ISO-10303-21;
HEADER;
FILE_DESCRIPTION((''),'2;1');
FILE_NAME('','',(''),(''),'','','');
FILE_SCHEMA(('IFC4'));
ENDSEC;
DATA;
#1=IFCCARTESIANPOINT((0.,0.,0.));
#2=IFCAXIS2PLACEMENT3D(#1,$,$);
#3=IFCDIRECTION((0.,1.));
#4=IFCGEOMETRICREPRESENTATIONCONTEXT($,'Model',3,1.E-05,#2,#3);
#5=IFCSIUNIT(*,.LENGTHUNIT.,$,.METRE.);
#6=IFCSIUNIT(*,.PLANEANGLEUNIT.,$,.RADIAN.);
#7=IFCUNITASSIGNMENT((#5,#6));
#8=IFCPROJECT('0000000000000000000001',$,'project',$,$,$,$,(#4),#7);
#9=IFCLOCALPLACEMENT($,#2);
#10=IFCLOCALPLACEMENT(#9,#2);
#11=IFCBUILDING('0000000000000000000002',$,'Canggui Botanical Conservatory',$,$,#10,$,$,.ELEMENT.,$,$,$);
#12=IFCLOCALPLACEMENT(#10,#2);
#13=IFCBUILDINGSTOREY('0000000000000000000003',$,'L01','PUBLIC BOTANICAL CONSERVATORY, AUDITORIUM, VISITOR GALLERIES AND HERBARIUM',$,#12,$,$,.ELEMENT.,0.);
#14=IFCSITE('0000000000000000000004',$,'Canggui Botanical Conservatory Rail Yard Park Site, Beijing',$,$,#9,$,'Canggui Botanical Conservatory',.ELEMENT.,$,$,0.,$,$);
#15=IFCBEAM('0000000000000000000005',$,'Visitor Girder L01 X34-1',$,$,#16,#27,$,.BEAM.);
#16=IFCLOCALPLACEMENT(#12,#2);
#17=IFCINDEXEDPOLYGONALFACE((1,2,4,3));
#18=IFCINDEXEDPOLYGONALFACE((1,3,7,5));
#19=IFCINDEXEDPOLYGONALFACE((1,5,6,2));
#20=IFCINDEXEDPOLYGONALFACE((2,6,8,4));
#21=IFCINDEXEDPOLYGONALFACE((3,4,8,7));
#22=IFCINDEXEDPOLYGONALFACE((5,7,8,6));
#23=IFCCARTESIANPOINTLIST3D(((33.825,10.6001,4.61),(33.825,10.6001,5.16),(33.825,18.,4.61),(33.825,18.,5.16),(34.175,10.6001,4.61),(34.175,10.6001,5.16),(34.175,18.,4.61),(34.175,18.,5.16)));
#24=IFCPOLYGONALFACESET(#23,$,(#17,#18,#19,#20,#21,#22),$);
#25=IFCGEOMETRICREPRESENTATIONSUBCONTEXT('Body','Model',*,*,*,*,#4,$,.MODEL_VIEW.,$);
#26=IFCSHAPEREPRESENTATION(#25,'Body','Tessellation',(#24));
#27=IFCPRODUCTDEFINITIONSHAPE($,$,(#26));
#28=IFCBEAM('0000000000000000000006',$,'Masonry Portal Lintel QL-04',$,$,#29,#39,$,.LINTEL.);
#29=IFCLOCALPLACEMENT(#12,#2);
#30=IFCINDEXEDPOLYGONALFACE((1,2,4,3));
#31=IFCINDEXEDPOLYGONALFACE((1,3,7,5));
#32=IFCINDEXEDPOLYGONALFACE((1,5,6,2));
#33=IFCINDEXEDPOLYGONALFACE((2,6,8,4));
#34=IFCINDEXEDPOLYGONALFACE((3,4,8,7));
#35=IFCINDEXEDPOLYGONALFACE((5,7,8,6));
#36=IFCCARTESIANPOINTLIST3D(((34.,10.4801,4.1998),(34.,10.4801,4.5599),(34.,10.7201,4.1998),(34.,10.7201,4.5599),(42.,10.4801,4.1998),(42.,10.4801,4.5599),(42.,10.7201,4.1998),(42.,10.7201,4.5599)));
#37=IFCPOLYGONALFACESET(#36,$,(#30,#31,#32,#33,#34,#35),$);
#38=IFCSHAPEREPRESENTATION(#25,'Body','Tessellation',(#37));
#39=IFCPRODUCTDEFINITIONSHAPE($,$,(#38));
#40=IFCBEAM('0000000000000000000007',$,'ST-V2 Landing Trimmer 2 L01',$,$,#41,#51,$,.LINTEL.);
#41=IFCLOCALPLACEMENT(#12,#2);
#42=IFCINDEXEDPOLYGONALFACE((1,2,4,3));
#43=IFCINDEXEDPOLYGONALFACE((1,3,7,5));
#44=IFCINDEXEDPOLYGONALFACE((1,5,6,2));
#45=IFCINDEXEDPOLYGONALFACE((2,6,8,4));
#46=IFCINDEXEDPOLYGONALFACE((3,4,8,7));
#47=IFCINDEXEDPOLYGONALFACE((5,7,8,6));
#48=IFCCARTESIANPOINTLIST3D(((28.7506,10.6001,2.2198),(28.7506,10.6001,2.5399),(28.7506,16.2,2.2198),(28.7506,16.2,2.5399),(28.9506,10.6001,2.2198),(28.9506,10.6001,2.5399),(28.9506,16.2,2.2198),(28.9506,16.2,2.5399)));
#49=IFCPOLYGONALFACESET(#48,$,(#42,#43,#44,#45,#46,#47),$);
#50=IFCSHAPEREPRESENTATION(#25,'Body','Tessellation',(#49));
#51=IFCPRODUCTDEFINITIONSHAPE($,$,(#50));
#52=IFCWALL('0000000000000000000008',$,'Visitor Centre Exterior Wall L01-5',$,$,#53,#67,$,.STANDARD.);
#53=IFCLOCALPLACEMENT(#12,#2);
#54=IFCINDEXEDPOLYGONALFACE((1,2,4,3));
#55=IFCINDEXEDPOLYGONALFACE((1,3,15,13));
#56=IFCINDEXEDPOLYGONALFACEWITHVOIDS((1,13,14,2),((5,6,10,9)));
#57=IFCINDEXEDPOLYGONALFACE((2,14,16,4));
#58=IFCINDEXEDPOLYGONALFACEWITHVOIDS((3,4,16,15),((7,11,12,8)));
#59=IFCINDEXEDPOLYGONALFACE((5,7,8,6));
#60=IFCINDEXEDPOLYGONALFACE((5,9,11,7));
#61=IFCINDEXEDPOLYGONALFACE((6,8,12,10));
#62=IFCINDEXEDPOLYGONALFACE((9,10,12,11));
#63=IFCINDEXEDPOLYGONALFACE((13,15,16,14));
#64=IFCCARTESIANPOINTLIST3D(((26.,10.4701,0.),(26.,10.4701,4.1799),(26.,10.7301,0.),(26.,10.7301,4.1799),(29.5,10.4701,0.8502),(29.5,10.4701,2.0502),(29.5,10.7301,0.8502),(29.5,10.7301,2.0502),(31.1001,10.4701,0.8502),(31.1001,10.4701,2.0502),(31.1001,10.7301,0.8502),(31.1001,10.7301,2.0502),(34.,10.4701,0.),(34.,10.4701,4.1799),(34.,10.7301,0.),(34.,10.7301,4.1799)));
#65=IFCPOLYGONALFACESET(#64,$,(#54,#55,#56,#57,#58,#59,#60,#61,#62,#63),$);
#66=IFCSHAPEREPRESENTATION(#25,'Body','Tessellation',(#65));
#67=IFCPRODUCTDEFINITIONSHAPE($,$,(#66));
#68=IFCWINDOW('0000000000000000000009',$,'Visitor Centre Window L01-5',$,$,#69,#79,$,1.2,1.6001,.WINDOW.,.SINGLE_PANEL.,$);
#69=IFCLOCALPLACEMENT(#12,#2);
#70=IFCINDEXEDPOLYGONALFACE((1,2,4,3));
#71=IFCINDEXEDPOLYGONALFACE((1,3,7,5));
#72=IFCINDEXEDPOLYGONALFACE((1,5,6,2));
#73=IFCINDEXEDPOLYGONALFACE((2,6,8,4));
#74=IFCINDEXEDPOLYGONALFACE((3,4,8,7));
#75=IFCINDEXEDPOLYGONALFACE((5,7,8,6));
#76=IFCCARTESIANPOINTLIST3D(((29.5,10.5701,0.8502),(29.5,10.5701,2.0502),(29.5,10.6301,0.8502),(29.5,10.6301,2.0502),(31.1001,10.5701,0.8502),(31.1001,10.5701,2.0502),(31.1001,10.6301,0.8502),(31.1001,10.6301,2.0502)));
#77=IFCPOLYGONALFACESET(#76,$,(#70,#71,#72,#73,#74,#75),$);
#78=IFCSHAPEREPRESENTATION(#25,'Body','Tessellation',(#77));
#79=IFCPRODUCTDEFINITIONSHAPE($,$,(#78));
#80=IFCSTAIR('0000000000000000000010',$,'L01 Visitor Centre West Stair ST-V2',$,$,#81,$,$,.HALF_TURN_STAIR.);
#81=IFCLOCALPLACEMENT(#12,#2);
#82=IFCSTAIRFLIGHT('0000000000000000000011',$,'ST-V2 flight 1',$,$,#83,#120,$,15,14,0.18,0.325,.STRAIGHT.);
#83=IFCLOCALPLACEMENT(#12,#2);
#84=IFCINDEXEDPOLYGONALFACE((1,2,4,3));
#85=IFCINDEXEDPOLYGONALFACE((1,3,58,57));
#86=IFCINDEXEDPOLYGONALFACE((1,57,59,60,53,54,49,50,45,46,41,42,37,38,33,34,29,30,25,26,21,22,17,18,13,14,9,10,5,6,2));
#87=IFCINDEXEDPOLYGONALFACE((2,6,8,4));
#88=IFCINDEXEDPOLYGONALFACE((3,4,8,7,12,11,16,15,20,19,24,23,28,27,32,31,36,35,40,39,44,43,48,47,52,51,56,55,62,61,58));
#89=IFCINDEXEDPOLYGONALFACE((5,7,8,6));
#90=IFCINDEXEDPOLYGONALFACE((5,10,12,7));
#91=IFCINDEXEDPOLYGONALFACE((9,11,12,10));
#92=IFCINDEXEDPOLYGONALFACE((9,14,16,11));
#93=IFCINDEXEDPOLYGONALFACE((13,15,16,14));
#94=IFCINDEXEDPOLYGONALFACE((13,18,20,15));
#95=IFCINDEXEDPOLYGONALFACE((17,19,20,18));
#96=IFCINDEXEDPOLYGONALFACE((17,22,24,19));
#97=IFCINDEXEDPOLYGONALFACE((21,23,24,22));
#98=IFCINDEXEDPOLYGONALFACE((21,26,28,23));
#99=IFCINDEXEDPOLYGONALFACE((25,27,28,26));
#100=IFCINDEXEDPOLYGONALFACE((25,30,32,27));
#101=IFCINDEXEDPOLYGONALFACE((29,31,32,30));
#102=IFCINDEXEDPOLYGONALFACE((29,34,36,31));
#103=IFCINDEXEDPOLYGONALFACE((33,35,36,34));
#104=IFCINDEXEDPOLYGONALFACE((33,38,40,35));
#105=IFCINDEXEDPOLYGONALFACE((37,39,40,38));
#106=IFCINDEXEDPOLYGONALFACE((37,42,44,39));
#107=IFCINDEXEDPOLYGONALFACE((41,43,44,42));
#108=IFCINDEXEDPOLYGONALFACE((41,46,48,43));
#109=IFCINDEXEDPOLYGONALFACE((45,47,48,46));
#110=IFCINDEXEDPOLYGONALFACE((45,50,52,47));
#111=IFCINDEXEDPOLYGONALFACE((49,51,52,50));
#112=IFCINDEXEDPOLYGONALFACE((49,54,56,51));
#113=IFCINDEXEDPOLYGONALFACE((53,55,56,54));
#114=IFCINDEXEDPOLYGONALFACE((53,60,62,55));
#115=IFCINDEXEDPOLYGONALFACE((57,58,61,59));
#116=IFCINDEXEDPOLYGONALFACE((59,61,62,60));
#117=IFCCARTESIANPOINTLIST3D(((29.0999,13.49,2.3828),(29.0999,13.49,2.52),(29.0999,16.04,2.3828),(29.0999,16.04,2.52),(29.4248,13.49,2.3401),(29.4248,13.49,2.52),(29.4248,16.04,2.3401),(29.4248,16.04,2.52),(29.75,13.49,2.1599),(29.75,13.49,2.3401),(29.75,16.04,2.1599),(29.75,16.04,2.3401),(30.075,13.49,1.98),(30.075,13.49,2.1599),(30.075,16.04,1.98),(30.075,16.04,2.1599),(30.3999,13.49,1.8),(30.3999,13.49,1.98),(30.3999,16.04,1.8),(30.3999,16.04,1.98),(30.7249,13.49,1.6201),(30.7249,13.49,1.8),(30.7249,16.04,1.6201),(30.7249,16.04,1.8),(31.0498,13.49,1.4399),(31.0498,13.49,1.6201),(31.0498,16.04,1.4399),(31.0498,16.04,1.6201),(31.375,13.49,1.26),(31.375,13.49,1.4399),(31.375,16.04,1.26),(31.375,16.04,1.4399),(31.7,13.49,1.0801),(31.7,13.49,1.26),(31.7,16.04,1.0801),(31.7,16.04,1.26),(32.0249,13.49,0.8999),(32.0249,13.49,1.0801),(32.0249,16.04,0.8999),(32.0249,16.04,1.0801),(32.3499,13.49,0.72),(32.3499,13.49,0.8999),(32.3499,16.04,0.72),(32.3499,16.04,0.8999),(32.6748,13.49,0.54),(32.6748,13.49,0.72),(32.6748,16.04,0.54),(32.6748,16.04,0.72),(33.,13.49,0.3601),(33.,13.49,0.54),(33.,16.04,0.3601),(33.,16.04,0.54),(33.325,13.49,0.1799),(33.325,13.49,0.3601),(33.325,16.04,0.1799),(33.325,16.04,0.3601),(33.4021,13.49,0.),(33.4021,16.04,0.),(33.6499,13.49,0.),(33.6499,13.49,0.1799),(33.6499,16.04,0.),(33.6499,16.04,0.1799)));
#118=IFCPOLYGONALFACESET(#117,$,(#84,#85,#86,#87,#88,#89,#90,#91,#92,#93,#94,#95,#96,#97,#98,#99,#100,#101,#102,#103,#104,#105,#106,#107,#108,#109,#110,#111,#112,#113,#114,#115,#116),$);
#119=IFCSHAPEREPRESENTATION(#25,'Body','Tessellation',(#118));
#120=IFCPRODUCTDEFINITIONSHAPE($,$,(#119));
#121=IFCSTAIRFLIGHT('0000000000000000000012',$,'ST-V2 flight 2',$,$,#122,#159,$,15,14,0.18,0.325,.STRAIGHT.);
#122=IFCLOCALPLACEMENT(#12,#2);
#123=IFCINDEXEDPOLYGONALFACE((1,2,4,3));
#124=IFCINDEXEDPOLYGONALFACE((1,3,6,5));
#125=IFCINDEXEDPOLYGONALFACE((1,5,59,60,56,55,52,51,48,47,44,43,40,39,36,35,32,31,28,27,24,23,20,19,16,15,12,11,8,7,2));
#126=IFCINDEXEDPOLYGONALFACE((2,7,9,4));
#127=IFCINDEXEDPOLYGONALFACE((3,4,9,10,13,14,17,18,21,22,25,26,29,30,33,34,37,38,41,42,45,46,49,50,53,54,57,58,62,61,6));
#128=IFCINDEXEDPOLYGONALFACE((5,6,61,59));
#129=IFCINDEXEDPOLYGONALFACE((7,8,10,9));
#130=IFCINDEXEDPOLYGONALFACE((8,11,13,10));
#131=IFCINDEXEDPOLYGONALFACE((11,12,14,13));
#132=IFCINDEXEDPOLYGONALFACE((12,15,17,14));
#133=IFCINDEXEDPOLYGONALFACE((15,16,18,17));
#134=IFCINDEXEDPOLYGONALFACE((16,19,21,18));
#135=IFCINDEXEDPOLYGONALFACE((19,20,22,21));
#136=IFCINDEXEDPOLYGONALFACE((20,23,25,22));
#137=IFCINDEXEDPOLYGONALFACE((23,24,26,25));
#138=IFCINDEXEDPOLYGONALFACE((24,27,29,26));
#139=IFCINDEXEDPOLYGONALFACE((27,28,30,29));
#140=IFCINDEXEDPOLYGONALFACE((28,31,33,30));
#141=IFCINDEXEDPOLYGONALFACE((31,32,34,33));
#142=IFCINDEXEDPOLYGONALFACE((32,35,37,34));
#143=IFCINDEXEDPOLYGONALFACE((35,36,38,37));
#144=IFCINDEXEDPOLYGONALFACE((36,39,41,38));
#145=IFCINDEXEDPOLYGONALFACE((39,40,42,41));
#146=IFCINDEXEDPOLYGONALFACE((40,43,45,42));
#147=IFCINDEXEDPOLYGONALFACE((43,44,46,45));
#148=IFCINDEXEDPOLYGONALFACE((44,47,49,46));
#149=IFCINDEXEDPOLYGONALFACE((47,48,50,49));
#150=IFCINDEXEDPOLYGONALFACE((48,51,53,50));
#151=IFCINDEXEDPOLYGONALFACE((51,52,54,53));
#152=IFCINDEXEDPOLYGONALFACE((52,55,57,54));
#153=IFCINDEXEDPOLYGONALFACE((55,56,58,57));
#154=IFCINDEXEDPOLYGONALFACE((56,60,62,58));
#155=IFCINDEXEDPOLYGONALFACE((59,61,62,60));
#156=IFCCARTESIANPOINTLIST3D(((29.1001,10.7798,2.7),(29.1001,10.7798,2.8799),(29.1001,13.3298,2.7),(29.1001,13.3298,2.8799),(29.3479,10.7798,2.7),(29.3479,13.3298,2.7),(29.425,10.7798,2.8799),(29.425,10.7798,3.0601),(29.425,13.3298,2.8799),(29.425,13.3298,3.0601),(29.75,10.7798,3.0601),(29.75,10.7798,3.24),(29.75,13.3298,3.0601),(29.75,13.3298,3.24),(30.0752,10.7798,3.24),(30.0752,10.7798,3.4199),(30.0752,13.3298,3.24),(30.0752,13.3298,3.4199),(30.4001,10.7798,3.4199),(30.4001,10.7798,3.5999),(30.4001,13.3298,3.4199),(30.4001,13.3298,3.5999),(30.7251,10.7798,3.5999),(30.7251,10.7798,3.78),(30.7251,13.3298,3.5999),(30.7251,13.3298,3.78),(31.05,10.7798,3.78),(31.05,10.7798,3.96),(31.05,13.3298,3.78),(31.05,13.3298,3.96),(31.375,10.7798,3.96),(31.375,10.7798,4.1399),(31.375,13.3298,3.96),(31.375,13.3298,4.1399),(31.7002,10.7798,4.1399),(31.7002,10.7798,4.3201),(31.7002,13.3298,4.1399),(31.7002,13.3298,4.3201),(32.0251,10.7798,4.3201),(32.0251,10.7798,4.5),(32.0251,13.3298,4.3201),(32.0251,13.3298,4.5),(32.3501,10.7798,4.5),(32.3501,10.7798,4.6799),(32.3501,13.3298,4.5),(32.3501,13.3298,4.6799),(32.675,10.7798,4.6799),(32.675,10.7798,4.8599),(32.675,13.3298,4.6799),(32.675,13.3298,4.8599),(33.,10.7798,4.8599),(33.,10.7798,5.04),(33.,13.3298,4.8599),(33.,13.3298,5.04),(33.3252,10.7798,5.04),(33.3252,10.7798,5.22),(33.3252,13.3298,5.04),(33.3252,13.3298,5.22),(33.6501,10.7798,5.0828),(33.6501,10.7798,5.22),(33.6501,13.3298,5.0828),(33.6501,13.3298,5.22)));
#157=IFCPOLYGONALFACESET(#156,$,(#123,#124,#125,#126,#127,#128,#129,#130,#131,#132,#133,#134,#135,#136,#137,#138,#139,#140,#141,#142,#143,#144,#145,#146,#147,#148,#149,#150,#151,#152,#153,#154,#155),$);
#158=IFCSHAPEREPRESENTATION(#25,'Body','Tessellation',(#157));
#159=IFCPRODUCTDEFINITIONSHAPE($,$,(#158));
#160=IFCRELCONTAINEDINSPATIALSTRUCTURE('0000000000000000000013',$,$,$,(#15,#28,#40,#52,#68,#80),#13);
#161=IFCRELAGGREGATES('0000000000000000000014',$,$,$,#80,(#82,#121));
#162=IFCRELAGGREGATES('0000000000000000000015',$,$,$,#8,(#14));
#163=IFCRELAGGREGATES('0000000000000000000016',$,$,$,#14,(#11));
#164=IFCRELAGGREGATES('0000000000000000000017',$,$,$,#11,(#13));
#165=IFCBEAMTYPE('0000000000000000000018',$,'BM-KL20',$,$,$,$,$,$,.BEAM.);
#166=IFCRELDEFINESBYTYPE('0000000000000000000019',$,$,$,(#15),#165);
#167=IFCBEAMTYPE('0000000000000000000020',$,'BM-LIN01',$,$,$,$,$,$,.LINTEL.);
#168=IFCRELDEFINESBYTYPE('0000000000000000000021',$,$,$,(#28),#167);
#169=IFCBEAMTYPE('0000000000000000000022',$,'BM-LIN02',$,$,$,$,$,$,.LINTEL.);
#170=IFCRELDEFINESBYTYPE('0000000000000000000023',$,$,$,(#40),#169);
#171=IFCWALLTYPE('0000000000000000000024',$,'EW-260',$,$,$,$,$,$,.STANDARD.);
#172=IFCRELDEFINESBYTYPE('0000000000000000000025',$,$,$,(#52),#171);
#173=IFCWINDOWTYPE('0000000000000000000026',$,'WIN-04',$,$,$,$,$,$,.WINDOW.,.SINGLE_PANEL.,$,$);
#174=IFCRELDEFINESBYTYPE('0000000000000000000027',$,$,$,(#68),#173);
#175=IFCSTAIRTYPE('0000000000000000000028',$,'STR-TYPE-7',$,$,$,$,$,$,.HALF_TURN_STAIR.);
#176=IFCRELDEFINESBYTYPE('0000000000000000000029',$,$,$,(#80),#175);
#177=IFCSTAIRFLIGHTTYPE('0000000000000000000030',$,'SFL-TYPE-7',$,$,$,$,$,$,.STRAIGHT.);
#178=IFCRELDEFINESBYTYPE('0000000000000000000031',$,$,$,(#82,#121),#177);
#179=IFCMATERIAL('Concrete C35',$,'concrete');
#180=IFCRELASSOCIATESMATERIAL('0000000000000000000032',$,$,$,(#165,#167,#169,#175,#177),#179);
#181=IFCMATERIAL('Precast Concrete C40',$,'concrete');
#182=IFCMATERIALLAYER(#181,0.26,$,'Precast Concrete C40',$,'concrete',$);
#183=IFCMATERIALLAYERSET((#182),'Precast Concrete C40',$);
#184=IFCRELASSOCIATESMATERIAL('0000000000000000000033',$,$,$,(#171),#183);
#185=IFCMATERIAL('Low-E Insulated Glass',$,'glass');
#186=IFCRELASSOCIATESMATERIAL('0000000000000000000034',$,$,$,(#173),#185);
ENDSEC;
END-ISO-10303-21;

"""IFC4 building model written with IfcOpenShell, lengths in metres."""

from ifc_helpers import new_model, si_unit, direction, frame, frame_2d, origin, origin_2d, place, context, subcontext, project, spatial, polyline, rectangle, outline, extrude, material, layer, layer_set, material_profile, profile_set, type_object, element, fill, aggregate, save


model = new_model("IFC4")

# Units and contexts
model_context = context("Model", 3, precision=1e-05, world=origin(), true_north=direction((0.0, 1.0)))
body_context = subcontext(model_context, "Body", "Model", "MODEL_VIEW")
ifc_project = project(units=[si_unit("LENGTHUNIT", "METRE"), si_unit("PLANEANGLEUNIT", "RADIAN")], contexts=[model_context])

# Site, building, storey
site_placement = place(None, origin())
site = spatial("IfcSite", under=ifc_project, at=site_placement, Name="Canggui Botanical Conservatory Rail Yard Park Site, Beijing", LongName="Canggui Botanical Conservatory", CompositionType="ELEMENT", RefElevation=0.0)
building_placement = place(site_placement, origin())
building = spatial("IfcBuilding", under=site, at=building_placement, Name="Canggui Botanical Conservatory", CompositionType="ELEMENT")
storey_placement = place(building_placement, origin())
storey = spatial("IfcBuildingStorey", under=building, at=storey_placement, Name="L01", Description="PUBLIC BOTANICAL CONSERVATORY, AUDITORIUM, VISITOR GALLERIES AND HERBARIUM", CompositionType="ELEMENT", Elevation=0.0)

# Shared definitions
ifc_material_1 = material(Name="Concrete C35", Category="concrete")

# Beams
ifc_material_profile_1 = material_profile(ifc_material_1, rectangle(XDim=0.3501, YDim=0.55, at=origin_2d()), Name="RB 350x550")
ifc_profile_set_1 = profile_set([ifc_material_profile_1], Name="Concrete C35")
beam_type_1 = type_object("IfcBeamType", Name="BM-KL20", PredefinedType="BEAM", material=ifc_profile_set_1)
beam_1_placement = place(storey_placement, frame((34.0, 10.6001, 4.885), z_axis=(0.0, 1.0, 0.0), x_axis=(-1.0, 0.0, 0.0)))
element("IfcBeam", 1, at=beam_1_placement, inside=storey, type_object=beam_type_1, Name="Visitor Girder L01 X34-1", PredefinedType="BEAM", context=body_context, shape_type="SweptSolid", body=[
    extrude(rectangle(XDim=0.3501, YDim=0.55, at=origin_2d()), origin(), (0.0, 0.0, 1.0), 7.3999),
])
ifc_material_profile_2 = material_profile(ifc_material_1, rectangle(XDim=0.24, YDim=0.3601, at=origin_2d()), Name="RB 240x360")
ifc_profile_set_2 = profile_set([ifc_material_profile_2], Name="Concrete C35")
beam_type_2 = type_object("IfcBeamType", Name="BM-LIN01", PredefinedType="LINTEL", material=ifc_profile_set_2)
beam_2_placement = place(storey_placement, frame((34.0, 10.6001, 4.3799), z_axis=(1.0, 0.0, 0.0), x_axis=(0.0, 1.0, 0.0)))
element("IfcBeam", 2, at=beam_2_placement, inside=storey, type_object=beam_type_2, Name="Masonry Portal Lintel QL-04", PredefinedType="LINTEL", context=body_context, shape_type="SweptSolid", body=[
    extrude(rectangle(XDim=0.24, YDim=0.3601, at=origin_2d()), origin(), (0.0, 0.0, 1.0), 8.0),
])
ifc_material_profile_3 = material_profile(ifc_material_1, rectangle(XDim=0.2, YDim=0.3201, at=origin_2d()), Name="RB 200x320")
ifc_profile_set_3 = profile_set([ifc_material_profile_3], Name="Concrete C35")
beam_type_3 = type_object("IfcBeamType", Name="BM-LIN02", PredefinedType="LINTEL", material=ifc_profile_set_3)
beam_3_placement = place(storey_placement, frame((28.8506, 10.6001, 2.3799), z_axis=(0.0, 1.0, 0.0), x_axis=(-1.0, 0.0, 0.0)))
element("IfcBeam", 3, at=beam_3_placement, inside=storey, type_object=beam_type_3, Name="ST-V2 Landing Trimmer 2 L01", PredefinedType="LINTEL", context=body_context, shape_type="SweptSolid", body=[
    extrude(rectangle(XDim=0.2, YDim=0.3201, at=origin_2d()), origin(), (0.0, 0.0, 1.0), 5.5999),
])

# Wall, opening, window
ifc_material_2 = material(Name="Precast Concrete C40", Category="concrete")
ifc_layer = layer(ifc_material_2, 0.26, Name="Precast Concrete C40", Category="concrete")
ifc_layer_set = layer_set([ifc_layer], Name="Precast Concrete C40")
wall_type = type_object("IfcWallType", Name="EW-260", PredefinedType="STANDARD", material=ifc_layer_set)
wall_placement = place(storey_placement, frame((34.0, 10.6001, 0.0), z_axis=(0.0, 0.0, 1.0), x_axis=(-1.0, 0.0, 0.0)))
wall = element("IfcWall", 4, at=wall_placement, inside=storey, type_object=wall_type, Name="Visitor Centre Exterior Wall L01-5", PredefinedType="STANDARD", context=body_context, shape_type="SweptSolid", body=[
    extrude(rectangle(XDim=8.0, YDim=0.26, at=frame_2d((4.0, 0.0))), origin(), (0.0, 0.0, 1.0), 4.1799),
])
opening_placement = place(wall_placement, frame((2.8999, 0.0, 0.8501)))
opening = element("IfcOpeningElement", 5, at=opening_placement, cuts=wall, PredefinedType="OPENING", context=body_context, shape_type="SweptSolid", body=[
    extrude(rectangle(XDim=1.6001, YDim=1.2, at=frame_2d((0.8, 0.6001))), frame((0.0, 0.1401, 0.0), z_axis=(0.0, -1.0, 0.0), x_axis=(1.0, 0.0, 0.0)), (0.0, 0.0, 1.0), 0.28),
])
ifc_material_3 = material(Name="Low-E Insulated Glass", Category="glass")
window_type = type_object("IfcWindowType", Name="WIN-04", PartitioningType="SINGLE_PANEL", PredefinedType="WINDOW", material=ifc_material_3)
window_placement = place(opening_placement, origin())
window = element("IfcWindow", 6, at=window_placement, inside=storey, type_object=window_type, Name="Visitor Centre Window L01-5", OverallHeight=1.2, OverallWidth=1.6001, PartitioningType="SINGLE_PANEL", PredefinedType="WINDOW", context=body_context, shape_type="SweptSolid", body=[
    extrude(rectangle(XDim=1.6001, YDim=1.2, at=frame_2d((0.8, 0.6001))), frame((0.0, 0.03, 0.0), z_axis=(0.0, -1.0, 0.0), x_axis=(1.0, 0.0, 0.0)), (0.0, 0.0, 1.0), 0.0601),
])
fill(opening, window)

# Stair, stair flights
stair_type = type_object("IfcStairType", Name="STR-TYPE-7", PredefinedType="HALF_TURN_STAIR", material=ifc_material_1)
stair_placement = place(storey_placement, origin())
stair = element("IfcStair", 7, at=stair_placement, inside=storey, type_object=stair_type, Name="L01 Visitor Centre West Stair ST-V2", PredefinedType="HALF_TURN_STAIR")
stair_flight_type = type_object("IfcStairFlightType", Name="SFL-TYPE-7", PredefinedType="STRAIGHT", material=ifc_material_1)
stair_flight_1_placement = place(storey_placement, frame((33.6499, 14.7649, 0.0), z_axis=(0.0, 0.0, 1.0), x_axis=(-1.0, 0.0, 0.0)))
stair_flight_1 = element("IfcStairFlight", 8, at=stair_flight_1_placement, type_object=stair_flight_type, Name="ST-V2 flight 1", NumberOfRisers=15, NumberOfTreads=14, PredefinedType="STRAIGHT", RiserHeight=0.18, TreadLength=0.325, context=body_context, shape_type="SweptSolid", body=[
    extrude(outline(polyline([(0.0, 0.0), (0.0, 0.1799), (0.325, 0.1799), (0.325, 0.3601), (0.6499, 0.3601), (0.6499, 0.54), (0.9751, 0.54), (0.9751, 0.72), (1.3, 0.72), (1.3, 0.8999), (1.625, 0.8999), (1.625, 1.0801), (1.95, 1.0801), (1.95, 1.26), (2.2749, 1.26), (2.2749, 1.4399), (2.6001, 1.4399), (2.6001, 1.6201), (2.925, 1.6201), (2.925, 1.8), (3.25, 1.8), (3.25, 1.98), (3.575, 1.98), (3.575, 2.1599), (3.8999, 2.1599), (3.8999, 2.3401), (4.2251, 2.3401), (4.2251, 2.52), (4.55, 2.52), (4.55, 2.7), (4.55, 2.3828), (0.2478, 0.0), (0.0, 0.0)])), frame((0.0, 1.2749, 0.0), z_axis=(0.0, -1.0, 0.0), x_axis=(1.0, 0.0, 0.0)), (0.0, 0.0, 1.0), 2.55),
])
stair_flight_2_placement = place(storey_placement, frame((29.1001, 12.0549, 2.7), z_axis=(0.0, 0.0, 1.0), x_axis=(1.0, 0.0, 0.0)))
stair_flight_2 = element("IfcStairFlight", 9, at=stair_flight_2_placement, type_object=stair_flight_type, Name="ST-V2 flight 2", NumberOfRisers=15, NumberOfTreads=14, PredefinedType="STRAIGHT", RiserHeight=0.18, TreadLength=0.325, context=body_context, shape_type="SweptSolid", body=[
    extrude(outline(polyline([(0.0, 0.0), (0.0, 0.1799), (0.325, 0.1799), (0.325, 0.3601), (0.6499, 0.3601), (0.6499, 0.54), (0.9751, 0.54), (0.9751, 0.72), (1.3, 0.72), (1.3, 0.8999), (1.625, 0.8999), (1.625, 1.0801), (1.95, 1.0801), (1.95, 1.26), (2.2749, 1.26), (2.2749, 1.4399), (2.6001, 1.4399), (2.6001, 1.6201), (2.925, 1.6201), (2.925, 1.8), (3.25, 1.8), (3.25, 1.98), (3.575, 1.98), (3.575, 2.1599), (3.8999, 2.1599), (3.8999, 2.3401), (4.2251, 2.3401), (4.2251, 2.52), (4.55, 2.52), (4.55, 2.7), (4.55, 2.3828), (0.2478, 0.0), (0.0, 0.0)])), frame((0.0, 1.2749, 0.0), z_axis=(0.0, -1.0, 0.0), x_axis=(1.0, 0.0, 0.0)), (0.0, 0.0, 1.0), 2.55),
])
aggregate(stair, [stair_flight_1, stair_flight_2])

save(model, "model.ifc")
